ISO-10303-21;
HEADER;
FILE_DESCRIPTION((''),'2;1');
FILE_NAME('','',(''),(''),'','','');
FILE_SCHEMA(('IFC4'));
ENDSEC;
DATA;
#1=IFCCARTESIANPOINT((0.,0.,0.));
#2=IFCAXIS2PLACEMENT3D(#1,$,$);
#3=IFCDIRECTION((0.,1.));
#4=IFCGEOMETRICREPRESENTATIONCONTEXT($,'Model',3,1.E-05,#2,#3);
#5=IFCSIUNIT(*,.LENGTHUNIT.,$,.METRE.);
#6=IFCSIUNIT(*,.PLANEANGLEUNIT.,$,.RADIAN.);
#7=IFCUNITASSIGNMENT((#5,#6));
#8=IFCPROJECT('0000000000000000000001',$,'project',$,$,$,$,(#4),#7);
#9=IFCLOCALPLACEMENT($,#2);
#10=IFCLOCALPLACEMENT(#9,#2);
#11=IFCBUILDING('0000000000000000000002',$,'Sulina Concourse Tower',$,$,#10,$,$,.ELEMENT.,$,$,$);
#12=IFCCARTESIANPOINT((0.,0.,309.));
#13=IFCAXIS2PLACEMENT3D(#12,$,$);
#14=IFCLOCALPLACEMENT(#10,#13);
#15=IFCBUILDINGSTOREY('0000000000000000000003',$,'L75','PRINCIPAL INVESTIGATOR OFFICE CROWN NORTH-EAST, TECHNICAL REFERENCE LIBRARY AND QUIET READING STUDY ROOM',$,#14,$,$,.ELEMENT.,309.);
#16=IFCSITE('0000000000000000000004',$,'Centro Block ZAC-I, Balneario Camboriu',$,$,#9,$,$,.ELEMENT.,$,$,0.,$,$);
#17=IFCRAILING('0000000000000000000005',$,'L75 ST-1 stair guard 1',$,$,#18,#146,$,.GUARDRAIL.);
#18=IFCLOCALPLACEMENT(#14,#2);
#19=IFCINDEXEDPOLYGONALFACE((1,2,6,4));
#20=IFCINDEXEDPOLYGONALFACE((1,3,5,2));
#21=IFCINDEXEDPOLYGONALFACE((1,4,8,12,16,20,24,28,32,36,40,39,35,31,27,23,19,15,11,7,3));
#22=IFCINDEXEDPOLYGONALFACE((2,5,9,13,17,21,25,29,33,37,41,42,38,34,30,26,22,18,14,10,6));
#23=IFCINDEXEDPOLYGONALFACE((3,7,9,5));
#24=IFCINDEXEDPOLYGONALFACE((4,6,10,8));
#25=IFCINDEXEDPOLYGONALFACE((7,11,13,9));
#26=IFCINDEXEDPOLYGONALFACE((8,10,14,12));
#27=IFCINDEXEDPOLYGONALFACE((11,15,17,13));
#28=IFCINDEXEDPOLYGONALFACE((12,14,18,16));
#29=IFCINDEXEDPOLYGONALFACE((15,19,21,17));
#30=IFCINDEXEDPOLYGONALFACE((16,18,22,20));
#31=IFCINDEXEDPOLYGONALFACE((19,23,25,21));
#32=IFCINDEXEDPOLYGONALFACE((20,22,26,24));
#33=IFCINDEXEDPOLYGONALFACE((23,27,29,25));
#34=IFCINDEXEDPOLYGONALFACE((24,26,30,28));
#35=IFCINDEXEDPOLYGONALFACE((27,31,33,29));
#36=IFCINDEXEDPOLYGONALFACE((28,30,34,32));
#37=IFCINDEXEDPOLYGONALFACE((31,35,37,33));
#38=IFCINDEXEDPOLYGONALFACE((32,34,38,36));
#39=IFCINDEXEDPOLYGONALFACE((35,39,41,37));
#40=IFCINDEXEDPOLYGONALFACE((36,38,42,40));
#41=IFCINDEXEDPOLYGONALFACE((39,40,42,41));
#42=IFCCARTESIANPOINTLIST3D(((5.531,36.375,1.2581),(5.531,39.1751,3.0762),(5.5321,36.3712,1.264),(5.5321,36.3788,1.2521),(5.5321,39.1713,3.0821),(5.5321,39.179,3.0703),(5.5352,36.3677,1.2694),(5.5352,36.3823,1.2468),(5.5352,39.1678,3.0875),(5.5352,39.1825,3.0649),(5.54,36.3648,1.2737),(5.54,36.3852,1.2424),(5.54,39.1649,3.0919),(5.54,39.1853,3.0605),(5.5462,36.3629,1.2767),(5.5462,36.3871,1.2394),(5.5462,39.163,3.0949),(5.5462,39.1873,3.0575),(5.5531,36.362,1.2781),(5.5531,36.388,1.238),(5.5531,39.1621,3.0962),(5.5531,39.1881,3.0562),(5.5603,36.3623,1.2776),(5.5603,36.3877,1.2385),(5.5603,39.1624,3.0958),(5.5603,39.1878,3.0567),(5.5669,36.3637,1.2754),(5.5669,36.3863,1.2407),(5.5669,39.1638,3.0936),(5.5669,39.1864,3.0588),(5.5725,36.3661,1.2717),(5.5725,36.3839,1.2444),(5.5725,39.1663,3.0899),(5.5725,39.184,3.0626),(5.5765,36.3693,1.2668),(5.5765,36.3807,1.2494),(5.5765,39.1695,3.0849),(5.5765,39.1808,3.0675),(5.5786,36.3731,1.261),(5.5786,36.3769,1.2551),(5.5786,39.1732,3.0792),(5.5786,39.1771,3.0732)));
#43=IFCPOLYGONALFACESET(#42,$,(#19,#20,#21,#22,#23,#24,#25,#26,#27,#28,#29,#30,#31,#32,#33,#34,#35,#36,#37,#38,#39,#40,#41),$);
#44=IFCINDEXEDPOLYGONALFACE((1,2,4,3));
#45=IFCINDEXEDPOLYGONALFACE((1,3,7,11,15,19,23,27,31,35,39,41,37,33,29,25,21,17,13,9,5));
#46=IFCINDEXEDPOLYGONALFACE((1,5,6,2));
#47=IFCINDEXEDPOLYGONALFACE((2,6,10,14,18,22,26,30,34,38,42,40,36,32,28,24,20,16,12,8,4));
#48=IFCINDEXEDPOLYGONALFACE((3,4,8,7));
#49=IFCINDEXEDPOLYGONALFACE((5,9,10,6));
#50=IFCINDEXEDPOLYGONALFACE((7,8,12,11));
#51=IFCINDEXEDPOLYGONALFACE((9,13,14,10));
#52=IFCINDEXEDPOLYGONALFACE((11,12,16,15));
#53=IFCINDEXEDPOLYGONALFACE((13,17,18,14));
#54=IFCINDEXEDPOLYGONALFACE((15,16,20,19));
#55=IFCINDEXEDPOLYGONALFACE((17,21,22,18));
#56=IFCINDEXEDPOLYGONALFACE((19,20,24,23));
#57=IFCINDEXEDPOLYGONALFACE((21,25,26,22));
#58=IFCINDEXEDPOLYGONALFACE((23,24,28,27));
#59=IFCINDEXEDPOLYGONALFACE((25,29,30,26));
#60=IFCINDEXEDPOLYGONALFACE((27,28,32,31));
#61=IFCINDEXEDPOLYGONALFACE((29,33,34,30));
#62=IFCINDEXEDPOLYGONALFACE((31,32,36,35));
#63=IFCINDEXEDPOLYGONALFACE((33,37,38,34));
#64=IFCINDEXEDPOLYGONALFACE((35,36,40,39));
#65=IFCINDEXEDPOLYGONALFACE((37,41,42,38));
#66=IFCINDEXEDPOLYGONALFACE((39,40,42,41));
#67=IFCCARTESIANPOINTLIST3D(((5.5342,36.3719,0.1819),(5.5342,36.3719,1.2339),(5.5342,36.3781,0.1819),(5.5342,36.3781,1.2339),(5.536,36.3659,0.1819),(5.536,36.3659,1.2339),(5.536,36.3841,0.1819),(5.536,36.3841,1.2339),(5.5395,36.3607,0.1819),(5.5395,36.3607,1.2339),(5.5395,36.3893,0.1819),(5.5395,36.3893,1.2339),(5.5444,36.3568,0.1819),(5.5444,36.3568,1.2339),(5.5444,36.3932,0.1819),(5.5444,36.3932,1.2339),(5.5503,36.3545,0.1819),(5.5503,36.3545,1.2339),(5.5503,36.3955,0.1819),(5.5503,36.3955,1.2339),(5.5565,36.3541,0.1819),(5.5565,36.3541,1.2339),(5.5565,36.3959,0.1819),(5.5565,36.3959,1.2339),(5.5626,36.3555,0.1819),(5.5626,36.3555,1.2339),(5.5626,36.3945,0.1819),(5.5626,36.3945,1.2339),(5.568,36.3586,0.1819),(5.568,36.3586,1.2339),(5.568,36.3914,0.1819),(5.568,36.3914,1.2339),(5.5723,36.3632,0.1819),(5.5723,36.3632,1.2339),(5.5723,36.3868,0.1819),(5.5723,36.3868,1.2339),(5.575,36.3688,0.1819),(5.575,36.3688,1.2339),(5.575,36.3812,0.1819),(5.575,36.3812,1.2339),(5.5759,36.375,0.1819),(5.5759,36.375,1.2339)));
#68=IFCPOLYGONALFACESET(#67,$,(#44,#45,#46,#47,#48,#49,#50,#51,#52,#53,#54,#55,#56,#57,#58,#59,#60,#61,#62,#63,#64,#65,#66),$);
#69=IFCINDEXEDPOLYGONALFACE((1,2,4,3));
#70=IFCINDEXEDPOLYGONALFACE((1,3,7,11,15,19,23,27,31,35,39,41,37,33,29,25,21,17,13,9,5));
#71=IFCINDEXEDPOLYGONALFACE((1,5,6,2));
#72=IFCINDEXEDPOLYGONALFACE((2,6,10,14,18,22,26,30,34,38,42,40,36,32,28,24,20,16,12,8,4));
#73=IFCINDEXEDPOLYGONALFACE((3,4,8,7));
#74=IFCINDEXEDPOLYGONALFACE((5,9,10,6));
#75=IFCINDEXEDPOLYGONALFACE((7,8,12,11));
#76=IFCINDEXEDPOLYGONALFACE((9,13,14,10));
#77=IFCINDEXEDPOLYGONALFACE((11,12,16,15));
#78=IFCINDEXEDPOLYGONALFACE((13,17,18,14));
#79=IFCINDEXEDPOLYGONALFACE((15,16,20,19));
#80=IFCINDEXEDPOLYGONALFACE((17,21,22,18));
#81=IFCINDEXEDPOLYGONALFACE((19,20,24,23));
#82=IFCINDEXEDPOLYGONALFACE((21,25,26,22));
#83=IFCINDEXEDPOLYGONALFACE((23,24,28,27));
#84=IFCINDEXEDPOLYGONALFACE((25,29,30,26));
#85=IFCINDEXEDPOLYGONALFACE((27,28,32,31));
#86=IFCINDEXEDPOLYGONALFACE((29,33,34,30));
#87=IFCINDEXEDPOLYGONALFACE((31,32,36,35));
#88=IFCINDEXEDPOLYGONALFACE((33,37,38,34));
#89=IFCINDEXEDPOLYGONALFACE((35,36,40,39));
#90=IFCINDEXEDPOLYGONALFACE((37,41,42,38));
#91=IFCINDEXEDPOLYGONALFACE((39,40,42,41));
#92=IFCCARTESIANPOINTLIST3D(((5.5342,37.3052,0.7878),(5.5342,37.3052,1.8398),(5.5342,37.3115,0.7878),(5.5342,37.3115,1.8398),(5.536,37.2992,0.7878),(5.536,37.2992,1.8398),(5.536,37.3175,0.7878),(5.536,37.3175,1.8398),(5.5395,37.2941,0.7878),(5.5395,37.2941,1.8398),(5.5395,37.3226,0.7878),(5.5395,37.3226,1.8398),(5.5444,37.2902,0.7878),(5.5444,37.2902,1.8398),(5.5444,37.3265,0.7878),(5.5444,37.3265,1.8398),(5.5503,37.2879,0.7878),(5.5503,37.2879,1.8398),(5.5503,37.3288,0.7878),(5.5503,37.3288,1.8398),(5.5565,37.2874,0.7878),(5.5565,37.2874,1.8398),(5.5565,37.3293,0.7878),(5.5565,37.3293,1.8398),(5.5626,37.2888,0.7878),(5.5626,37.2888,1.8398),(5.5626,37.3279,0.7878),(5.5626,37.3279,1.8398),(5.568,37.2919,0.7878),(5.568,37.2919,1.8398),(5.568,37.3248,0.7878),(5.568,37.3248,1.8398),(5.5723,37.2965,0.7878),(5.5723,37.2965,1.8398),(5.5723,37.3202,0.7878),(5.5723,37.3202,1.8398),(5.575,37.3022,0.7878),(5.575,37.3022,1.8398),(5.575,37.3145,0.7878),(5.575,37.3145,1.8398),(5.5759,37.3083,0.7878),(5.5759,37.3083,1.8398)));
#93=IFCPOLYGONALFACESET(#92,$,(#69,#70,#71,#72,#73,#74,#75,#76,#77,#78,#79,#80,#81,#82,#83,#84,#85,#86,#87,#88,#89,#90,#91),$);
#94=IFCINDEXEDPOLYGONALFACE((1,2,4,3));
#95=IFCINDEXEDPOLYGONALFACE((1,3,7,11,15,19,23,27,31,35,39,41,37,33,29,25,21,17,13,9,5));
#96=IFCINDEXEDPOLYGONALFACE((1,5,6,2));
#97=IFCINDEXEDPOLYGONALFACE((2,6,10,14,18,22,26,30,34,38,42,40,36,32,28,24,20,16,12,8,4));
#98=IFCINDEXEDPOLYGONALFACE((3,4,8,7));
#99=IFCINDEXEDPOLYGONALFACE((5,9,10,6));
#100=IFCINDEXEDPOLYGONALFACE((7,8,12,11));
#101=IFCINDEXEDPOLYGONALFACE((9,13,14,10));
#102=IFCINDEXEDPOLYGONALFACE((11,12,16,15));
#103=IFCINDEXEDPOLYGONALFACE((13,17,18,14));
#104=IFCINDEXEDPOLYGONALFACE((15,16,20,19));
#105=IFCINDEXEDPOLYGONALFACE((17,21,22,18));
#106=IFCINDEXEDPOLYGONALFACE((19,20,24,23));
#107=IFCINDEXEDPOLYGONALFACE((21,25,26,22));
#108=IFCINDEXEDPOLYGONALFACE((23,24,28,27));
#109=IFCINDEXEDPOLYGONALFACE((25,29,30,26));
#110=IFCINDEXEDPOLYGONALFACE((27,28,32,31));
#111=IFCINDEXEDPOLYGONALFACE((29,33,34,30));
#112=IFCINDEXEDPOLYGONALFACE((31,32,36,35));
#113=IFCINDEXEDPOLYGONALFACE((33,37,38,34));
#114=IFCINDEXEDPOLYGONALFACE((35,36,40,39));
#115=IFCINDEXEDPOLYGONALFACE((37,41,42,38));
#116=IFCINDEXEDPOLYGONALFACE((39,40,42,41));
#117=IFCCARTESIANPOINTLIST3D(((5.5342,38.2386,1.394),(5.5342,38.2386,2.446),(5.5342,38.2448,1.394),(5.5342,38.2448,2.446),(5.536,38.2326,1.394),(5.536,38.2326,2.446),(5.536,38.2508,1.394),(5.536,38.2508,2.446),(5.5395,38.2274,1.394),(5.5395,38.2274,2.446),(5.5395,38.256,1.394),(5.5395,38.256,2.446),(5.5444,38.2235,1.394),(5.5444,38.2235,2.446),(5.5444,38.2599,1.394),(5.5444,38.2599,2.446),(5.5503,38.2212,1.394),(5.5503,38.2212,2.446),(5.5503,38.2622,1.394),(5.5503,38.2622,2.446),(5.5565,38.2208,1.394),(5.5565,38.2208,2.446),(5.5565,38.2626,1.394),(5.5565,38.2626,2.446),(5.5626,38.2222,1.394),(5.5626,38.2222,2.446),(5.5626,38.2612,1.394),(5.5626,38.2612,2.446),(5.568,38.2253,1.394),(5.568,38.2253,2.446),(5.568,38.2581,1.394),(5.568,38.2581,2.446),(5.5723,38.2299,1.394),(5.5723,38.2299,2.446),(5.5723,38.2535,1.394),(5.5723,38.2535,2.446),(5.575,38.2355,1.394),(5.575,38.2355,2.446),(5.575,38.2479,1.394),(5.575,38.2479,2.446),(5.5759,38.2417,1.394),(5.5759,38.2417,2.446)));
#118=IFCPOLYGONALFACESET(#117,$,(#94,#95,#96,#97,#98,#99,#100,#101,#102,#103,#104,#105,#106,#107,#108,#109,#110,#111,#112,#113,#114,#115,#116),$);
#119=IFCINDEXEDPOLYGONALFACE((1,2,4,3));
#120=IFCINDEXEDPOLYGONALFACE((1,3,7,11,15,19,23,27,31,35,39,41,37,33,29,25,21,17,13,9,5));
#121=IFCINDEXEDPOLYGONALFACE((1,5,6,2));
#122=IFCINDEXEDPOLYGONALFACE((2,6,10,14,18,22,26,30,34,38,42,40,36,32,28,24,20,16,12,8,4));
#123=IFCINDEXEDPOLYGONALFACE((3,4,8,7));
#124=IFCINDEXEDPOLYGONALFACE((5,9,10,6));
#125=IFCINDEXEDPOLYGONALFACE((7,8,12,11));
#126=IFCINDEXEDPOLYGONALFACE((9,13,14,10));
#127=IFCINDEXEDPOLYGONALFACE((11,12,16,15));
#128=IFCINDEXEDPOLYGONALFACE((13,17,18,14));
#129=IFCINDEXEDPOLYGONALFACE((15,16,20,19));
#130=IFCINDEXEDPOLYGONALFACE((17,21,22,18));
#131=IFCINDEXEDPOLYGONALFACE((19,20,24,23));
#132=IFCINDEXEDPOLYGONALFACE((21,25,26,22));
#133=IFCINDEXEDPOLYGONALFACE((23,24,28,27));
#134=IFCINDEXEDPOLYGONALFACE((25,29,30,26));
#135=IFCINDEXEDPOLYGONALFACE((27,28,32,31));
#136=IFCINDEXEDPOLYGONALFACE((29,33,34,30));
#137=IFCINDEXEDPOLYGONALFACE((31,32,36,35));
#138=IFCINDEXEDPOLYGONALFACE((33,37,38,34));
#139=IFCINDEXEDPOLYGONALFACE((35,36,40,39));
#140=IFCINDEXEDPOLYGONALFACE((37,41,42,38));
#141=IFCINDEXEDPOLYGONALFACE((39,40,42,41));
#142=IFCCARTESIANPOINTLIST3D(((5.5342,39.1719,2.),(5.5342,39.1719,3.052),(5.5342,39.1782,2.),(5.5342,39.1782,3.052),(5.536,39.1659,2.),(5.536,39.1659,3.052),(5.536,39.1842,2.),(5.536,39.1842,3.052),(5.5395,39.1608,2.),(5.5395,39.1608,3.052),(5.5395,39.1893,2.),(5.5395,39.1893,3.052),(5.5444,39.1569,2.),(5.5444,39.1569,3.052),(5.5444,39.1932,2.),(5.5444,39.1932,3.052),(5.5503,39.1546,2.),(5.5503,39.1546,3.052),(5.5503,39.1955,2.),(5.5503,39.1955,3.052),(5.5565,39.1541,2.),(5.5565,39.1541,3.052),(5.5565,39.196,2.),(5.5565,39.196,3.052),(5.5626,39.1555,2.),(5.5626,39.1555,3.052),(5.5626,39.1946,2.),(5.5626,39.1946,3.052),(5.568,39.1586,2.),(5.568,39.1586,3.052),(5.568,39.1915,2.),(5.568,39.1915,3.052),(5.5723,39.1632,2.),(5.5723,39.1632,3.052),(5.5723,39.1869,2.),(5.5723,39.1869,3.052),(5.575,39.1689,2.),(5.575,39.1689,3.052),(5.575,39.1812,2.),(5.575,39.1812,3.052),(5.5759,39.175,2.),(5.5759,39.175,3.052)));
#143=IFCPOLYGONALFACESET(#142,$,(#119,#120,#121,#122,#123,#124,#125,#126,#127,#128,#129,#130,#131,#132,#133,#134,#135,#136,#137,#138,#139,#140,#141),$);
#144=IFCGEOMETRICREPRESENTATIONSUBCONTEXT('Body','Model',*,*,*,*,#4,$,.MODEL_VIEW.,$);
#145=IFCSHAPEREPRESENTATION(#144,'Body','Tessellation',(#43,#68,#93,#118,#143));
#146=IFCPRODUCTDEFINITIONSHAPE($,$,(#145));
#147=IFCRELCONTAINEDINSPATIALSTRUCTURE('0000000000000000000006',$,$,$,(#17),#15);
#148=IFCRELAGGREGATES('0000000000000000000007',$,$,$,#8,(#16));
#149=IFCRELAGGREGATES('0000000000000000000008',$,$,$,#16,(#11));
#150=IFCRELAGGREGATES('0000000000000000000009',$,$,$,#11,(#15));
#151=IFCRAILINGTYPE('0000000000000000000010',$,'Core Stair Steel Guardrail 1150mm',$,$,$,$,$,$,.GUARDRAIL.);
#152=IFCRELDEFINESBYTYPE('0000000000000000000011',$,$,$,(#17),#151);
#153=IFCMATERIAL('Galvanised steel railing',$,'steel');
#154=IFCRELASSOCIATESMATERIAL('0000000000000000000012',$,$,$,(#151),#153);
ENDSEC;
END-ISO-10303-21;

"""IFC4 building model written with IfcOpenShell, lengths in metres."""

from ifc_helpers import new_model, si_unit, direction, frame, origin, origin_2d, place, context, subcontext, project, spatial, circle, extrude, material, type_object, element, save


model = new_model("IFC4")

# Units and contexts
model_context = context("Model", 3, precision=1e-05, world=origin(), true_north=direction((0.0, 1.0)))
body_context = subcontext(model_context, "Body", "Model", "MODEL_VIEW")
ifc_project = project(units=[si_unit("LENGTHUNIT", "METRE"), si_unit("PLANEANGLEUNIT", "RADIAN")], contexts=[model_context])

# Site, building, storey
site_placement = place(None, origin())
site = spatial("IfcSite", under=ifc_project, at=site_placement, Name="Centro Block ZAC-I, Balneario Camboriu", CompositionType="ELEMENT", RefElevation=0.0)
building_placement = place(site_placement, origin())
building = spatial("IfcBuilding", under=site, at=building_placement, Name="Sulina Concourse Tower", CompositionType="ELEMENT")
storey_placement = place(building_placement, frame((0.0, 0.0, 309.0)))
storey = spatial("IfcBuildingStorey", under=building, at=storey_placement, Name="L75", Description="PRINCIPAL INVESTIGATOR OFFICE CROWN NORTH-EAST, TECHNICAL REFERENCE LIBRARY AND QUIET READING STUDY ROOM", CompositionType="ELEMENT", Elevation=309.0)

# Railing
ifc_material_1 = material(Name="Galvanised steel railing", Category="steel")
railing_type_1 = type_object("IfcRailingType", Name="Core Stair Steel Guardrail 1150mm", PredefinedType="GUARDRAIL", material=ifc_material_1)
railing_1_placement = place(storey_placement, frame((5.5549, 36.375, 0.1819)))
element("IfcRailing", 1, at=railing_1_placement, inside=storey, type_object=railing_type_1, Name="L75 ST-1 stair guard 1", PredefinedType="GUARDRAIL", context=body_context, shape_type="SweptSolid", body=[
    extrude(circle(Radius=0.0239, at=origin_2d()), frame((0.0, 0.0, 1.0762), z_axis=(0.0, 0.838706, 0.544585), x_axis=(-1.0, 0.0, 0.0)), (0.0, 0.0, 1.0), 3.3386),
    extrude(circle(Radius=0.021, at=origin_2d()), origin(), (0.0, 0.0, 1.0), 1.052),
    extrude(circle(Radius=0.021, at=origin_2d()), frame((0.0, 0.9333, 0.606)), (0.0, 0.0, 1.0), 1.052),
    extrude(circle(Radius=0.021, at=origin_2d()), frame((0.0, 1.8667, 1.2122)), (0.0, 0.0, 1.0), 1.052),
    extrude(circle(Radius=0.021, at=origin_2d()), frame((0.0, 2.8, 1.8181)), (0.0, 0.0, 1.0), 1.052),
])

save(model, "model.ifc")
